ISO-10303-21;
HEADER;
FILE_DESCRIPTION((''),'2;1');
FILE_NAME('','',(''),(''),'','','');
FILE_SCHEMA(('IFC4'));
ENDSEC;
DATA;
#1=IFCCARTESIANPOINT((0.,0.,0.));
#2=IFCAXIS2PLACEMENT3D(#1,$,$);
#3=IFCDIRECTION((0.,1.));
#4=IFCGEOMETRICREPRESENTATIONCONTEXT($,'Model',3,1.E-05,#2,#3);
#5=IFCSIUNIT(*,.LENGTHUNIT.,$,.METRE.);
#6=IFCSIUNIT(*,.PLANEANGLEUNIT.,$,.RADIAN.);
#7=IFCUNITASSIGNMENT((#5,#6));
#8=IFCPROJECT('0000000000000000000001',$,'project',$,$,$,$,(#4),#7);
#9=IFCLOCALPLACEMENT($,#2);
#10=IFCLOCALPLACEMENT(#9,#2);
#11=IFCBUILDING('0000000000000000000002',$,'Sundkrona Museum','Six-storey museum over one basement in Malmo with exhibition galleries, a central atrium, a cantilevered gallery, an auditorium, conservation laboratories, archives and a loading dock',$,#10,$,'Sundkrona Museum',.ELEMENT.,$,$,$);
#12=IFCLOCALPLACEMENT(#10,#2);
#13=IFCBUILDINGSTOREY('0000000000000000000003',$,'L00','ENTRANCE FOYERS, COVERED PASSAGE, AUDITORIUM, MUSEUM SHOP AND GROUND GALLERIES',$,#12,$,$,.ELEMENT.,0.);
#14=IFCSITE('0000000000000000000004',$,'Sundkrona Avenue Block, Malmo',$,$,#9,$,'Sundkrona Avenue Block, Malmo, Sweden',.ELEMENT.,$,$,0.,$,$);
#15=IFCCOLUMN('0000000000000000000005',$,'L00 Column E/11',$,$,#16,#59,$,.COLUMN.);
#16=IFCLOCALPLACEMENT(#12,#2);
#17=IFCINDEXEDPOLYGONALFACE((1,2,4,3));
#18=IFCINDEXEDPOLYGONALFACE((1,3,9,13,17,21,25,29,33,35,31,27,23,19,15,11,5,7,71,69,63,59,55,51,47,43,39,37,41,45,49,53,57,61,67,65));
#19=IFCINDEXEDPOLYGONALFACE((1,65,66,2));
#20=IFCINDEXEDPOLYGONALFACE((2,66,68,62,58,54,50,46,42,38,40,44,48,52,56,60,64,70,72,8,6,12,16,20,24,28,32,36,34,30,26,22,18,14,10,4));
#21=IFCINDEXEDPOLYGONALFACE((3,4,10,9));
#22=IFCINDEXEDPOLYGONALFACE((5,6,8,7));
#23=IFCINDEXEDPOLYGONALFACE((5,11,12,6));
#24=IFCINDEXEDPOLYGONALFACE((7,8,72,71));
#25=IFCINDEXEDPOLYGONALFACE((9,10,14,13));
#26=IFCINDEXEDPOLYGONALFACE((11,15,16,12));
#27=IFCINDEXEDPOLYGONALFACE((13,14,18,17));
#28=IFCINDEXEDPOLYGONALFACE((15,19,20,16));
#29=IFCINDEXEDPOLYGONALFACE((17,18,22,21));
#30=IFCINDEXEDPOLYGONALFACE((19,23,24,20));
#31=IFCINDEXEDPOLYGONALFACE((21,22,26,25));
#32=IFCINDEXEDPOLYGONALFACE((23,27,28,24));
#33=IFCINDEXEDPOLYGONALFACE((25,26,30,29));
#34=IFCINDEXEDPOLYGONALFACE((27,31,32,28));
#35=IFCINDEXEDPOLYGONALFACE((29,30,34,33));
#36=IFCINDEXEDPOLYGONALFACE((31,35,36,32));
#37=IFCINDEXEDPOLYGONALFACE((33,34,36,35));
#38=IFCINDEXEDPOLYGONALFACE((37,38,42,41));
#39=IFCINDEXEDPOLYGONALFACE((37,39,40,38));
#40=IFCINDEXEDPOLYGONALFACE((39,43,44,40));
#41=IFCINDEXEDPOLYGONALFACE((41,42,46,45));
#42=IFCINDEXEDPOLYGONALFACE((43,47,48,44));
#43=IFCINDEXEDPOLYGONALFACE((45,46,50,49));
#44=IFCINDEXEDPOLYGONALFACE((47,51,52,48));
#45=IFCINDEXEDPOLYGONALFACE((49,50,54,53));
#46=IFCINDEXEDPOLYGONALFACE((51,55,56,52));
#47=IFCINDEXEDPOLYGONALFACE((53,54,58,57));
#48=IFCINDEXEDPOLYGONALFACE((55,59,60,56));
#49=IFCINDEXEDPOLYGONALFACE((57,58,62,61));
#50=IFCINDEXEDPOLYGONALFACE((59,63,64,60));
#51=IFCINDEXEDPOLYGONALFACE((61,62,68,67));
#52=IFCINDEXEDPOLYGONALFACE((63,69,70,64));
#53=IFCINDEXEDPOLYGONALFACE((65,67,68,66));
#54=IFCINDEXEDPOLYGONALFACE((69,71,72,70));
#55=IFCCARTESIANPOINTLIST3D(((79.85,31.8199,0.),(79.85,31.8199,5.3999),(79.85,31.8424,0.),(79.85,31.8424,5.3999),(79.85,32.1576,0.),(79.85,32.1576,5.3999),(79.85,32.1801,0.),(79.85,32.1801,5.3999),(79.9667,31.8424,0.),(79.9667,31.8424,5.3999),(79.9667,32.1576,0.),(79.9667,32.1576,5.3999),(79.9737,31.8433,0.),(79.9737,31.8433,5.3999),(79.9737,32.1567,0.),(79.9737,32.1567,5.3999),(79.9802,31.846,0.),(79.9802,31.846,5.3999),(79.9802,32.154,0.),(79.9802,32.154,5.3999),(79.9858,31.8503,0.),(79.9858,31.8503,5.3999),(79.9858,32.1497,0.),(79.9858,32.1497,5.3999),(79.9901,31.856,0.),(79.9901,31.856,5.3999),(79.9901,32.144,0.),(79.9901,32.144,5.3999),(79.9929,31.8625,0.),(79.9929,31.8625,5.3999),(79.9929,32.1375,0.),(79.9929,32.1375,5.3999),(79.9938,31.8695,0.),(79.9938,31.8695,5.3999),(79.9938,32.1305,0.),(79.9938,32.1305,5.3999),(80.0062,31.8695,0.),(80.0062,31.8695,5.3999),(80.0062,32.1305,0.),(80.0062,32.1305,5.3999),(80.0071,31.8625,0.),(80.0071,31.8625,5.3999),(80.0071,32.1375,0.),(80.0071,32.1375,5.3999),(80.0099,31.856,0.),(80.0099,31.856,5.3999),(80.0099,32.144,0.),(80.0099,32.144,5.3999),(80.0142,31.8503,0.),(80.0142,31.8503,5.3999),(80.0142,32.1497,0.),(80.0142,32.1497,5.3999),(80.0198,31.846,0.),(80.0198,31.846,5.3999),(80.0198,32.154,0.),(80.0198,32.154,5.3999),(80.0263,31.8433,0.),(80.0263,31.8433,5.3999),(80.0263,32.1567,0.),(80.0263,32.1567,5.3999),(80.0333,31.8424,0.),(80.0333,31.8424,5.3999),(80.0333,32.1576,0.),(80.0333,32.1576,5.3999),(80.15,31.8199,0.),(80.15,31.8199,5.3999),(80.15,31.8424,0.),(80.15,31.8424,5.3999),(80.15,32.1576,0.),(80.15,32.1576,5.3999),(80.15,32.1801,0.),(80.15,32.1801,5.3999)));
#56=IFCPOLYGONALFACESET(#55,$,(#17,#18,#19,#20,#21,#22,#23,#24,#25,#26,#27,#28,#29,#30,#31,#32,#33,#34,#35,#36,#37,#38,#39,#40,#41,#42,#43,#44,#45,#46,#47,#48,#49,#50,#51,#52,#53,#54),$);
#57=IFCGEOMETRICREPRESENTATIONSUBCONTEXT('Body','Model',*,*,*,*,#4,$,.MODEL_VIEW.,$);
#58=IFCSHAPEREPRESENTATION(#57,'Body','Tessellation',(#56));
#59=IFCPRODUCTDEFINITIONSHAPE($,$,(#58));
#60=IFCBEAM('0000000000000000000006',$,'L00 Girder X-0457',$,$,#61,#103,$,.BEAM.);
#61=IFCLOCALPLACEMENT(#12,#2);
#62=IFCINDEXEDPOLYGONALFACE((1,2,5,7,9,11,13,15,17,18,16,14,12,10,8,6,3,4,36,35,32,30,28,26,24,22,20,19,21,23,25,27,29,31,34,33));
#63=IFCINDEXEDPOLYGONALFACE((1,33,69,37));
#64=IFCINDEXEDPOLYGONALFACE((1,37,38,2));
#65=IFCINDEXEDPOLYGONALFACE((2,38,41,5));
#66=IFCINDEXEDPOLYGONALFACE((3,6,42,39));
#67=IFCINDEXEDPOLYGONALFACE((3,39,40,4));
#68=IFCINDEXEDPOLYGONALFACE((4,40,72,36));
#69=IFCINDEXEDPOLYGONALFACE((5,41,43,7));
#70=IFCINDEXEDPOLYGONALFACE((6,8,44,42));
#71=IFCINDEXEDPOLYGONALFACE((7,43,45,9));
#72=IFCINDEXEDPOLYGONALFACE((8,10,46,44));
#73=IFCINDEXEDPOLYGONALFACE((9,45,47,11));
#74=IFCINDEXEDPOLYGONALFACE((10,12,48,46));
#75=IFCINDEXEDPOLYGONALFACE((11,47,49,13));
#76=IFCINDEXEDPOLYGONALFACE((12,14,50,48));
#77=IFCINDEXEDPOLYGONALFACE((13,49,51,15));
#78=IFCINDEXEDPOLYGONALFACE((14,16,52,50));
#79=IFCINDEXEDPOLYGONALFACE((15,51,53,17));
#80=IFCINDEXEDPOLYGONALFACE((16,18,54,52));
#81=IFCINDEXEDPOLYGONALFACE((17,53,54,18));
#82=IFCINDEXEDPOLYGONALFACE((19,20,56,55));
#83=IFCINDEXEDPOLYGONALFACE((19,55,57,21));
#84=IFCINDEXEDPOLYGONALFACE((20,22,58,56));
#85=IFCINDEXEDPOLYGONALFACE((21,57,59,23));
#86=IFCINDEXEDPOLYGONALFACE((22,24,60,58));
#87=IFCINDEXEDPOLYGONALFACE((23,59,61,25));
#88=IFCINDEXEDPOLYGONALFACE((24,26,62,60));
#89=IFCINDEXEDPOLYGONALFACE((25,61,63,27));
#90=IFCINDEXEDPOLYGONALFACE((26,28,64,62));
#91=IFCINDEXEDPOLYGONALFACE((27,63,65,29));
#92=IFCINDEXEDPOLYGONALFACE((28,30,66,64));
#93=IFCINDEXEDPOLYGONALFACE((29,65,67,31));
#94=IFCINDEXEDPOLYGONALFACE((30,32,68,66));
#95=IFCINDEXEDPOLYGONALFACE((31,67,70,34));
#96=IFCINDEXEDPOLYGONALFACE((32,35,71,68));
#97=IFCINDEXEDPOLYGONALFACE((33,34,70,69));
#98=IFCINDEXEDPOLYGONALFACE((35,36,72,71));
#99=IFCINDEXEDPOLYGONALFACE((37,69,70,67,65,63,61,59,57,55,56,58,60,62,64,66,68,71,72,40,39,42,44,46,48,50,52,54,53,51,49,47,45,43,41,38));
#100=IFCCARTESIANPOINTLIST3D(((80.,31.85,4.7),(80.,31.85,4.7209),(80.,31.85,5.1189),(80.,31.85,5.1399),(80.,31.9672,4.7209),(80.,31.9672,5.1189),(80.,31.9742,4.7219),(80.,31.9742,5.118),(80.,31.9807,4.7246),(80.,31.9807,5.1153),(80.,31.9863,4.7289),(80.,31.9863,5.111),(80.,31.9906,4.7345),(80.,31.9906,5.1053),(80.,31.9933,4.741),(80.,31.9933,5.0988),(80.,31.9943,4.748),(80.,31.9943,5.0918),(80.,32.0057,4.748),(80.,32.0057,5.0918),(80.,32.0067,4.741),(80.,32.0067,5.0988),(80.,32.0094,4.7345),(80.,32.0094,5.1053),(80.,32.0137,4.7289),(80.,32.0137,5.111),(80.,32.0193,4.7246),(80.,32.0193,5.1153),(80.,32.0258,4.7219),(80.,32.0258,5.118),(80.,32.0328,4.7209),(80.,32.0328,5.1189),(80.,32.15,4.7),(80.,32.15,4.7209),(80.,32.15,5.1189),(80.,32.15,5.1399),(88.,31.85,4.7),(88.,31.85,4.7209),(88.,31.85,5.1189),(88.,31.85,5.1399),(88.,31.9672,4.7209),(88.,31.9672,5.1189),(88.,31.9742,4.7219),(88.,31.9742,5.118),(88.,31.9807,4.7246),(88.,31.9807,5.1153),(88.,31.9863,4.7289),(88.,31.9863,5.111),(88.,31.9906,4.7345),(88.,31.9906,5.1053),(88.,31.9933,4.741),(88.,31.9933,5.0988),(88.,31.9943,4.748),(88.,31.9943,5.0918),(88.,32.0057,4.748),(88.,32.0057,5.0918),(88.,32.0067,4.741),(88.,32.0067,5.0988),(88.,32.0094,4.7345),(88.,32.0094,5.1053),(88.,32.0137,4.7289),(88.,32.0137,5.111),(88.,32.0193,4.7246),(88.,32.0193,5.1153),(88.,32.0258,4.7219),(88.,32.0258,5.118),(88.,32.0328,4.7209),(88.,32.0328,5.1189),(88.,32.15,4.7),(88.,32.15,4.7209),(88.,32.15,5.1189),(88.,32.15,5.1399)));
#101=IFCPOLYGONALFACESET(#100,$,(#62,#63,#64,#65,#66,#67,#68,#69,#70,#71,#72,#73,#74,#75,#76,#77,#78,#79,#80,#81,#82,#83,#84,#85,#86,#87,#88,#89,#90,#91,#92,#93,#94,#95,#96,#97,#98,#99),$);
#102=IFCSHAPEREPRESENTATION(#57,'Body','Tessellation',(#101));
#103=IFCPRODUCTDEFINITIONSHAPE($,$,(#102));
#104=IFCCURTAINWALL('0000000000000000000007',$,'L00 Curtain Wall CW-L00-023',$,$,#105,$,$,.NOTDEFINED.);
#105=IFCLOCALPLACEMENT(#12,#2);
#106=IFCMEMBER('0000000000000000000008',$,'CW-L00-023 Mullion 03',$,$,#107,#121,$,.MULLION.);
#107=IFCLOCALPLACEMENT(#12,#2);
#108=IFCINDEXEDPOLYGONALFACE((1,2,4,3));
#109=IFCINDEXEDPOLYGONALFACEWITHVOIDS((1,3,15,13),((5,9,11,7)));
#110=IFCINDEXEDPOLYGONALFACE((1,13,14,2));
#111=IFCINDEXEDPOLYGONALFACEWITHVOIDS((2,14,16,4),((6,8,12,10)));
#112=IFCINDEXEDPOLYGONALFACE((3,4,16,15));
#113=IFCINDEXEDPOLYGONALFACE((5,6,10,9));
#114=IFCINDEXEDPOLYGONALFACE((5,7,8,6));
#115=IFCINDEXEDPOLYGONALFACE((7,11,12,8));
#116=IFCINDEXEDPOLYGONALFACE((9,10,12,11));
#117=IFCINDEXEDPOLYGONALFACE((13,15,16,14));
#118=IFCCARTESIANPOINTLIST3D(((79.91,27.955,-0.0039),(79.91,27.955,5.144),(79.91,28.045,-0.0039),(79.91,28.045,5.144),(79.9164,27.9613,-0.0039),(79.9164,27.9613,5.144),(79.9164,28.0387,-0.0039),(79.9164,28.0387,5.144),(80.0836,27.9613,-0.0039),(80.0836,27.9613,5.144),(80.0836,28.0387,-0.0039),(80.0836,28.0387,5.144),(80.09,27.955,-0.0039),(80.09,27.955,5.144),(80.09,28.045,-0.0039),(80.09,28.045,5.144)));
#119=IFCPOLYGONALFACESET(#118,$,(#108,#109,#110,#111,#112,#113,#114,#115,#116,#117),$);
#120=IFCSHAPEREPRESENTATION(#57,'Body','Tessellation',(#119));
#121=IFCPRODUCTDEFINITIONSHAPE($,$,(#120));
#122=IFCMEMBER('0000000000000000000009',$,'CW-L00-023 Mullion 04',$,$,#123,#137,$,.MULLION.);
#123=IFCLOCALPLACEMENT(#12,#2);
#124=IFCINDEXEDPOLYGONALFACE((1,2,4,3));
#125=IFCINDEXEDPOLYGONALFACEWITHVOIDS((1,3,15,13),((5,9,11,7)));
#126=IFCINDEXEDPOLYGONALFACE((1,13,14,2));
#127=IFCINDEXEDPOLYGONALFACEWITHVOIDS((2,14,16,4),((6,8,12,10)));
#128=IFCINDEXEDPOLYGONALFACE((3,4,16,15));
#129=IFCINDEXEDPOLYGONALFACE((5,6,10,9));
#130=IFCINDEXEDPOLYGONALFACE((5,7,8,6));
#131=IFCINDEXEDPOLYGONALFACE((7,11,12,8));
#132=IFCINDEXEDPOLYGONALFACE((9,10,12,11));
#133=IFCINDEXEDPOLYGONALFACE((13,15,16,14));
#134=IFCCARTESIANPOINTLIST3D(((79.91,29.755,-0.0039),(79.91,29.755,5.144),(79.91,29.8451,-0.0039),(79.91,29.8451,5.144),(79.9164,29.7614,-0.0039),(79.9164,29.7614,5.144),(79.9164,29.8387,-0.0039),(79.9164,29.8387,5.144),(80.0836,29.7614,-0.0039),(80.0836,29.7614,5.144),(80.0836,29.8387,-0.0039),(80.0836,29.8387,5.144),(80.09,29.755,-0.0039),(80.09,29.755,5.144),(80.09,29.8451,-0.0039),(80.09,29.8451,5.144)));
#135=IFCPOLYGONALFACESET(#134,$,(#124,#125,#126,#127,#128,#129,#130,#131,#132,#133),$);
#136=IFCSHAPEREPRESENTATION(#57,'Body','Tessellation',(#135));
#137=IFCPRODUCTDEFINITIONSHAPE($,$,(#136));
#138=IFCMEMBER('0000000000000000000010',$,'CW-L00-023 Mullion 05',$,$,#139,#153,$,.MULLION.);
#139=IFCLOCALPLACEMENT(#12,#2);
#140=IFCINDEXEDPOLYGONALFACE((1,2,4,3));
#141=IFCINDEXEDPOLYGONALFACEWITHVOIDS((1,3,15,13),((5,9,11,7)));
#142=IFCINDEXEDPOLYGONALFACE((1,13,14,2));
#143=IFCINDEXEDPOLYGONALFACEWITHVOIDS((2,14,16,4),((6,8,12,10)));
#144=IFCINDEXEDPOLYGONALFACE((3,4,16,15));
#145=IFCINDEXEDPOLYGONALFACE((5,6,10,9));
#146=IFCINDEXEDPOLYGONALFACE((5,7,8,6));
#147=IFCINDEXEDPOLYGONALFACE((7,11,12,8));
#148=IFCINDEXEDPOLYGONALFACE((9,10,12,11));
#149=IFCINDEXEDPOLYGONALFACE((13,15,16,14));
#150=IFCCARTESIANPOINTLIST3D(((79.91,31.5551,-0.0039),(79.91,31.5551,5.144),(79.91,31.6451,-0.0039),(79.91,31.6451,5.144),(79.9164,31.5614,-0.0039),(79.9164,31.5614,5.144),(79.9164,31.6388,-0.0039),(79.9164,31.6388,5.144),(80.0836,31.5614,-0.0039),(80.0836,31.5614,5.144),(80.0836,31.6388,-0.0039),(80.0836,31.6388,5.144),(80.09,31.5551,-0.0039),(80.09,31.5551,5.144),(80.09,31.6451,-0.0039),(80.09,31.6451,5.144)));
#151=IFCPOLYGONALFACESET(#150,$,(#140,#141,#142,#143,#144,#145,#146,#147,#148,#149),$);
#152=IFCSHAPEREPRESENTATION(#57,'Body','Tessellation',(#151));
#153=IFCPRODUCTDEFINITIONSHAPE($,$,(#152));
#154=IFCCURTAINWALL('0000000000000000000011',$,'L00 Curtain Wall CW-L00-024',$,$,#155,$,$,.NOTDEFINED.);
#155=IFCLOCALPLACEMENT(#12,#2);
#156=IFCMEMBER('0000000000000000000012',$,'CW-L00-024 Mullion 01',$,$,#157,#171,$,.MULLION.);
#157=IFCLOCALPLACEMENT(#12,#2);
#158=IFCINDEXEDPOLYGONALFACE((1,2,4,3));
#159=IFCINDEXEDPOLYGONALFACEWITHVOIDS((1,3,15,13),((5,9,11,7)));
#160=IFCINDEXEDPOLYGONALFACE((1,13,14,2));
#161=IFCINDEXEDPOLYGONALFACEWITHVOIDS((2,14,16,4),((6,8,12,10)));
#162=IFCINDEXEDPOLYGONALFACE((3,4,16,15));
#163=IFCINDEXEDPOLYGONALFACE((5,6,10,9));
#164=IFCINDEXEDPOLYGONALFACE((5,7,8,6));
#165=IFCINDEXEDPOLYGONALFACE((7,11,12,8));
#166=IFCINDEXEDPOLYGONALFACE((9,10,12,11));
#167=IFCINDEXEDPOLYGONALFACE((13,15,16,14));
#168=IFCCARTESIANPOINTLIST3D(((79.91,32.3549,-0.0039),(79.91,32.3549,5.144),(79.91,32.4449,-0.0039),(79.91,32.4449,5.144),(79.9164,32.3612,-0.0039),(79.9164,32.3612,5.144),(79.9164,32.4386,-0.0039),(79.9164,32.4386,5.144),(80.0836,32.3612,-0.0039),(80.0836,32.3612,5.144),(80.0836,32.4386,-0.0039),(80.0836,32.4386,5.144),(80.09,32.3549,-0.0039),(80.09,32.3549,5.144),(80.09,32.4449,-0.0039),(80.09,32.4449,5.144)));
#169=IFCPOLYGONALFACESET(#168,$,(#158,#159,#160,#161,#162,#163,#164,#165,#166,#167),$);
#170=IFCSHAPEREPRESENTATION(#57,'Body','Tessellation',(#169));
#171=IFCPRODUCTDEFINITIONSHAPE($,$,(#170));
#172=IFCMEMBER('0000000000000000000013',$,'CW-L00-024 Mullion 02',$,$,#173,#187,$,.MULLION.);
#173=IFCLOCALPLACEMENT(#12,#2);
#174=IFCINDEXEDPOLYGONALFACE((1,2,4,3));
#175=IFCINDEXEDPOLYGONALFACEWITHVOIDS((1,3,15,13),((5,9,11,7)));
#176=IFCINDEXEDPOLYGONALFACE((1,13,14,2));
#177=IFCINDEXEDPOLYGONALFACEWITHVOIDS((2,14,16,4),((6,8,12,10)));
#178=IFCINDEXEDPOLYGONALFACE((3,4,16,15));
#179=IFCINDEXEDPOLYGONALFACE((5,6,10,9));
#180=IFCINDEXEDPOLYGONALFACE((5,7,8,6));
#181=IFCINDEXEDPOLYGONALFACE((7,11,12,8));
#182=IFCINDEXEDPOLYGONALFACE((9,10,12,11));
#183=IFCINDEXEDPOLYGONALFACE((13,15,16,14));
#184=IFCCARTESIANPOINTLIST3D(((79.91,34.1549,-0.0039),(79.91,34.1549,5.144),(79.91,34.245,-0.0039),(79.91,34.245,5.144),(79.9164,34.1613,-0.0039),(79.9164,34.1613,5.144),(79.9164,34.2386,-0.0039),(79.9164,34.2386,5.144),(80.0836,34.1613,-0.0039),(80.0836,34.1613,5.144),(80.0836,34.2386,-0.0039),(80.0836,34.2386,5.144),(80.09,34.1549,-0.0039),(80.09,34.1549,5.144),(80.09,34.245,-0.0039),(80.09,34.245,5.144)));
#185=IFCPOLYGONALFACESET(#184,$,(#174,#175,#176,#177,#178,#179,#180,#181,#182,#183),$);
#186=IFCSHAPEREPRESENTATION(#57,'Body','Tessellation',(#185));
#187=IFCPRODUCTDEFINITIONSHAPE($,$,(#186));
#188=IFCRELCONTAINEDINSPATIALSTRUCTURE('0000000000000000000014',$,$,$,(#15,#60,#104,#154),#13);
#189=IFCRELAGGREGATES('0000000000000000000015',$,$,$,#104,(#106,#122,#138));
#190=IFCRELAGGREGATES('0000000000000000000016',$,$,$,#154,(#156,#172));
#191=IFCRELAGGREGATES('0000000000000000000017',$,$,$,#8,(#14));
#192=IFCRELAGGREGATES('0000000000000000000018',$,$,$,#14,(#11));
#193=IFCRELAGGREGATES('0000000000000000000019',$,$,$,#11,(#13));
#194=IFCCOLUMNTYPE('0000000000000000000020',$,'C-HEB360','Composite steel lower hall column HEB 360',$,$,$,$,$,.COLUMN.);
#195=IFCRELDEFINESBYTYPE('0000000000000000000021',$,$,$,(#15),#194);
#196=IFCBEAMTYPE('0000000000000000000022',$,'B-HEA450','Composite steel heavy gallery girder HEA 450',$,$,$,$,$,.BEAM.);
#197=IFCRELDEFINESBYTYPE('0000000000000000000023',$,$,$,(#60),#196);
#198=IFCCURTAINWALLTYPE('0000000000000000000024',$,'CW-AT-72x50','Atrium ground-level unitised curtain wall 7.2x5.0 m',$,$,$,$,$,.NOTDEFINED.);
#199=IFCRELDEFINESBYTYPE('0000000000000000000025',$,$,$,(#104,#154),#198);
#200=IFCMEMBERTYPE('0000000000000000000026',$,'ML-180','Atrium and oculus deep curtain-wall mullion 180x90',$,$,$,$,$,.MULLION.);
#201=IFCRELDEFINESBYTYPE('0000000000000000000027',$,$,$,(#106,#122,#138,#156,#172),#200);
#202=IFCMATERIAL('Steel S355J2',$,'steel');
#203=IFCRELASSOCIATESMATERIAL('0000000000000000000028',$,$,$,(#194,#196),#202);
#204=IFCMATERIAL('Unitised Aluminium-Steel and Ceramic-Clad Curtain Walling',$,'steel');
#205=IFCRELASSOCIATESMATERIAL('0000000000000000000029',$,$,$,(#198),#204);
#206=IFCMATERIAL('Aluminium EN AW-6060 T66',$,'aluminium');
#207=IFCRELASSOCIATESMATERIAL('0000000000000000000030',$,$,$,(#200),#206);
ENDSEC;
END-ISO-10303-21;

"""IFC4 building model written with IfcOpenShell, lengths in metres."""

from ifc_helpers import new_model, si_unit, direction, frame, origin, origin_2d, place, context, subcontext, project, spatial, hollow_rectangle, i_section, extrude, material, material_profile, profile_set, type_object, element, aggregate, save


model = new_model("IFC4")

# Units and contexts
model_context = context("Model", 3, precision=1e-05, world=origin(), true_north=direction((0.0, 1.0)))
body_context = subcontext(model_context, "Body", "Model", "MODEL_VIEW")
ifc_project = project(units=[si_unit("LENGTHUNIT", "METRE"), si_unit("PLANEANGLEUNIT", "RADIAN")], contexts=[model_context])

# Site, building, storey
site_placement = place(None, origin())
site = spatial("IfcSite", under=ifc_project, at=site_placement, Name="Sundkrona Avenue Block, Malmo", LongName="Sundkrona Avenue Block, Malmo, Sweden", CompositionType="ELEMENT", RefElevation=0.0)
building_placement = place(site_placement, origin())
building = spatial("IfcBuilding", under=site, at=building_placement, Name="Sundkrona Museum", Description="Six-storey museum over one basement in Malmo with exhibition galleries, a central atrium, a cantilevered gallery, an auditorium, conservation laboratories, archives and a loading dock", LongName="Sundkrona Museum", CompositionType="ELEMENT")
storey_placement = place(building_placement, origin())
storey = spatial("IfcBuildingStorey", under=building, at=storey_placement, Name="L00", Description="ENTRANCE FOYERS, COVERED PASSAGE, AUDITORIUM, MUSEUM SHOP AND GROUND GALLERIES", CompositionType="ELEMENT", Elevation=0.0)

# Column
ifc_material_1 = material(Name="Steel S355J2", Category="steel")
ifc_material_profile_1 = material_profile(ifc_material_1, i_section(OverallWidth=0.3, OverallDepth=0.3601, WebThickness=0.0125, FlangeThickness=0.0225, FilletRadius=0.0271, at=origin_2d()), Name="HEB 360")
ifc_profile_set_1 = profile_set([ifc_material_profile_1], Name="Steel S355J2")
column_type = type_object("IfcColumnType", Name="C-HEB360", Description="Composite steel lower hall column HEB 360", PredefinedType="COLUMN", material=ifc_profile_set_1)
column_placement = place(storey_placement, frame((80.0, 32.0, 0.0), z_axis=(0.0, 0.0, 1.0), x_axis=(1.0, 0.0, 0.0)))
element("IfcColumn", 1, at=column_placement, inside=storey, type_object=column_type, Name="L00 Column E/11", PredefinedType="COLUMN", context=body_context, shape_type="SweptSolid", body=[
    extrude(i_section(OverallWidth=0.3, OverallDepth=0.3601, WebThickness=0.0125, FlangeThickness=0.0225, FilletRadius=0.0271, at=origin_2d()), origin(), (0.0, 0.0, 1.0), 5.3999),
])

# Beam
ifc_material_profile_2 = material_profile(ifc_material_1, i_section(OverallWidth=0.3, OverallDepth=0.4399, WebThickness=0.0115, FlangeThickness=0.021, FilletRadius=0.0271, at=origin_2d()), Name="HEA 450")
ifc_profile_set_2 = profile_set([ifc_material_profile_2], Name="Steel S355J2")
beam_type_1 = type_object("IfcBeamType", Name="B-HEA450", Description="Composite steel heavy gallery girder HEA 450", PredefinedType="BEAM", material=ifc_profile_set_2)
beam_1_placement = place(storey_placement, frame((80.0, 32.0, 4.9199), z_axis=(1.0, 0.0, 0.0), x_axis=(0.0, 1.0, 0.0)))
element("IfcBeam", 2, at=beam_1_placement, inside=storey, type_object=beam_type_1, Name="L00 Girder X-0457", PredefinedType="BEAM", context=body_context, shape_type="SweptSolid", body=[
    extrude(i_section(OverallWidth=0.3, OverallDepth=0.4399, WebThickness=0.0115, FlangeThickness=0.021, FilletRadius=0.0271, at=origin_2d()), origin(), (0.0, 0.0, 1.0), 8.0),
])

# Curtain walls, members
ifc_material_2 = material(Name="Unitised Aluminium-Steel and Ceramic-Clad Curtain Walling", Category="steel")
curtain_wall_type = type_object("IfcCurtainWallType", Name="CW-AT-72x50", Description="Atrium ground-level unitised curtain wall 7.2x5.0 m", PredefinedType="NOTDEFINED", material=ifc_material_2)
curtain_wall_1_placement = place(storey_placement, origin())
curtain_wall_1 = element("IfcCurtainWall", 3, at=curtain_wall_1_placement, inside=storey, type_object=curtain_wall_type, Name="L00 Curtain Wall CW-L00-023", PredefinedType="NOTDEFINED")
ifc_material_3 = material(Name="Aluminium EN AW-6060 T66", Category="aluminium")
ifc_material_profile_3 = material_profile(ifc_material_3, hollow_rectangle(XDim=0.0901, YDim=0.1799, WallThickness=0.0063, at=origin_2d()), Name="RHS 180x90x6.3")
ifc_profile_set_3 = profile_set([ifc_material_profile_3], Name="Aluminium EN AW-6060 T66")
member_type_1 = type_object("IfcMemberType", Name="ML-180", Description="Atrium and oculus deep curtain-wall mullion 180x90", PredefinedType="MULLION", material=ifc_profile_set_3)
member_1_placement = place(storey_placement, frame((80.0, 28.0, -0.0039), z_axis=(0.0, 0.0, 1.0), x_axis=(0.0, 1.0, 0.0)))
member_1 = element("IfcMember", 4, at=member_1_placement, type_object=member_type_1, Name="CW-L00-023 Mullion 03", PredefinedType="MULLION", context=body_context, shape_type="SweptSolid", body=[
    extrude(hollow_rectangle(XDim=0.0901, YDim=0.1799, WallThickness=0.0063, at=origin_2d()), origin(), (0.0, 0.0, 1.0), 5.1479),
])
member_2_placement = place(storey_placement, frame((80.0, 29.8, -0.0039), z_axis=(0.0, 0.0, 1.0), x_axis=(0.0, 1.0, 0.0)))
member_2 = element("IfcMember", 5, at=member_2_placement, type_object=member_type_1, Name="CW-L00-023 Mullion 04", PredefinedType="MULLION", context=body_context, shape_type="SweptSolid", body=[
    extrude(hollow_rectangle(XDim=0.0901, YDim=0.1799, WallThickness=0.0063, at=origin_2d()), origin(), (0.0, 0.0, 1.0), 5.1479),
])
member_3_placement = place(storey_placement, frame((80.0, 31.6001, -0.0039), z_axis=(0.0, 0.0, 1.0), x_axis=(0.0, 1.0, 0.0)))
member_3 = element("IfcMember", 6, at=member_3_placement, type_object=member_type_1, Name="CW-L00-023 Mullion 05", PredefinedType="MULLION", context=body_context, shape_type="SweptSolid", body=[
    extrude(hollow_rectangle(XDim=0.0901, YDim=0.1799, WallThickness=0.0063, at=origin_2d()), origin(), (0.0, 0.0, 1.0), 5.1479),
])
curtain_wall_2_placement = place(storey_placement, origin())
curtain_wall_2 = element("IfcCurtainWall", 7, at=curtain_wall_2_placement, inside=storey, type_object=curtain_wall_type, Name="L00 Curtain Wall CW-L00-024", PredefinedType="NOTDEFINED")
member_4_placement = place(storey_placement, frame((80.0, 32.3999, -0.0039), z_axis=(0.0, 0.0, 1.0), x_axis=(0.0, 1.0, 0.0)))
member_4 = element("IfcMember", 8, at=member_4_placement, type_object=member_type_1, Name="CW-L00-024 Mullion 01", PredefinedType="MULLION", context=body_context, shape_type="SweptSolid", body=[
    extrude(hollow_rectangle(XDim=0.0901, YDim=0.1799, WallThickness=0.0063, at=origin_2d()), origin(), (0.0, 0.0, 1.0), 5.1479),
])
member_5_placement = place(storey_placement, frame((80.0, 34.2, -0.0039), z_axis=(0.0, 0.0, 1.0), x_axis=(0.0, 1.0, 0.0)))
member_5 = element("IfcMember", 9, at=member_5_placement, type_object=member_type_1, Name="CW-L00-024 Mullion 02", PredefinedType="MULLION", context=body_context, shape_type="SweptSolid", body=[
    extrude(hollow_rectangle(XDim=0.0901, YDim=0.1799, WallThickness=0.0063, at=origin_2d()), origin(), (0.0, 0.0, 1.0), 5.1479),
])

aggregate(curtain_wall_1, [member_1, member_2, member_3])
aggregate(curtain_wall_2, [member_4, member_5])

save(model, "model.ifc")
